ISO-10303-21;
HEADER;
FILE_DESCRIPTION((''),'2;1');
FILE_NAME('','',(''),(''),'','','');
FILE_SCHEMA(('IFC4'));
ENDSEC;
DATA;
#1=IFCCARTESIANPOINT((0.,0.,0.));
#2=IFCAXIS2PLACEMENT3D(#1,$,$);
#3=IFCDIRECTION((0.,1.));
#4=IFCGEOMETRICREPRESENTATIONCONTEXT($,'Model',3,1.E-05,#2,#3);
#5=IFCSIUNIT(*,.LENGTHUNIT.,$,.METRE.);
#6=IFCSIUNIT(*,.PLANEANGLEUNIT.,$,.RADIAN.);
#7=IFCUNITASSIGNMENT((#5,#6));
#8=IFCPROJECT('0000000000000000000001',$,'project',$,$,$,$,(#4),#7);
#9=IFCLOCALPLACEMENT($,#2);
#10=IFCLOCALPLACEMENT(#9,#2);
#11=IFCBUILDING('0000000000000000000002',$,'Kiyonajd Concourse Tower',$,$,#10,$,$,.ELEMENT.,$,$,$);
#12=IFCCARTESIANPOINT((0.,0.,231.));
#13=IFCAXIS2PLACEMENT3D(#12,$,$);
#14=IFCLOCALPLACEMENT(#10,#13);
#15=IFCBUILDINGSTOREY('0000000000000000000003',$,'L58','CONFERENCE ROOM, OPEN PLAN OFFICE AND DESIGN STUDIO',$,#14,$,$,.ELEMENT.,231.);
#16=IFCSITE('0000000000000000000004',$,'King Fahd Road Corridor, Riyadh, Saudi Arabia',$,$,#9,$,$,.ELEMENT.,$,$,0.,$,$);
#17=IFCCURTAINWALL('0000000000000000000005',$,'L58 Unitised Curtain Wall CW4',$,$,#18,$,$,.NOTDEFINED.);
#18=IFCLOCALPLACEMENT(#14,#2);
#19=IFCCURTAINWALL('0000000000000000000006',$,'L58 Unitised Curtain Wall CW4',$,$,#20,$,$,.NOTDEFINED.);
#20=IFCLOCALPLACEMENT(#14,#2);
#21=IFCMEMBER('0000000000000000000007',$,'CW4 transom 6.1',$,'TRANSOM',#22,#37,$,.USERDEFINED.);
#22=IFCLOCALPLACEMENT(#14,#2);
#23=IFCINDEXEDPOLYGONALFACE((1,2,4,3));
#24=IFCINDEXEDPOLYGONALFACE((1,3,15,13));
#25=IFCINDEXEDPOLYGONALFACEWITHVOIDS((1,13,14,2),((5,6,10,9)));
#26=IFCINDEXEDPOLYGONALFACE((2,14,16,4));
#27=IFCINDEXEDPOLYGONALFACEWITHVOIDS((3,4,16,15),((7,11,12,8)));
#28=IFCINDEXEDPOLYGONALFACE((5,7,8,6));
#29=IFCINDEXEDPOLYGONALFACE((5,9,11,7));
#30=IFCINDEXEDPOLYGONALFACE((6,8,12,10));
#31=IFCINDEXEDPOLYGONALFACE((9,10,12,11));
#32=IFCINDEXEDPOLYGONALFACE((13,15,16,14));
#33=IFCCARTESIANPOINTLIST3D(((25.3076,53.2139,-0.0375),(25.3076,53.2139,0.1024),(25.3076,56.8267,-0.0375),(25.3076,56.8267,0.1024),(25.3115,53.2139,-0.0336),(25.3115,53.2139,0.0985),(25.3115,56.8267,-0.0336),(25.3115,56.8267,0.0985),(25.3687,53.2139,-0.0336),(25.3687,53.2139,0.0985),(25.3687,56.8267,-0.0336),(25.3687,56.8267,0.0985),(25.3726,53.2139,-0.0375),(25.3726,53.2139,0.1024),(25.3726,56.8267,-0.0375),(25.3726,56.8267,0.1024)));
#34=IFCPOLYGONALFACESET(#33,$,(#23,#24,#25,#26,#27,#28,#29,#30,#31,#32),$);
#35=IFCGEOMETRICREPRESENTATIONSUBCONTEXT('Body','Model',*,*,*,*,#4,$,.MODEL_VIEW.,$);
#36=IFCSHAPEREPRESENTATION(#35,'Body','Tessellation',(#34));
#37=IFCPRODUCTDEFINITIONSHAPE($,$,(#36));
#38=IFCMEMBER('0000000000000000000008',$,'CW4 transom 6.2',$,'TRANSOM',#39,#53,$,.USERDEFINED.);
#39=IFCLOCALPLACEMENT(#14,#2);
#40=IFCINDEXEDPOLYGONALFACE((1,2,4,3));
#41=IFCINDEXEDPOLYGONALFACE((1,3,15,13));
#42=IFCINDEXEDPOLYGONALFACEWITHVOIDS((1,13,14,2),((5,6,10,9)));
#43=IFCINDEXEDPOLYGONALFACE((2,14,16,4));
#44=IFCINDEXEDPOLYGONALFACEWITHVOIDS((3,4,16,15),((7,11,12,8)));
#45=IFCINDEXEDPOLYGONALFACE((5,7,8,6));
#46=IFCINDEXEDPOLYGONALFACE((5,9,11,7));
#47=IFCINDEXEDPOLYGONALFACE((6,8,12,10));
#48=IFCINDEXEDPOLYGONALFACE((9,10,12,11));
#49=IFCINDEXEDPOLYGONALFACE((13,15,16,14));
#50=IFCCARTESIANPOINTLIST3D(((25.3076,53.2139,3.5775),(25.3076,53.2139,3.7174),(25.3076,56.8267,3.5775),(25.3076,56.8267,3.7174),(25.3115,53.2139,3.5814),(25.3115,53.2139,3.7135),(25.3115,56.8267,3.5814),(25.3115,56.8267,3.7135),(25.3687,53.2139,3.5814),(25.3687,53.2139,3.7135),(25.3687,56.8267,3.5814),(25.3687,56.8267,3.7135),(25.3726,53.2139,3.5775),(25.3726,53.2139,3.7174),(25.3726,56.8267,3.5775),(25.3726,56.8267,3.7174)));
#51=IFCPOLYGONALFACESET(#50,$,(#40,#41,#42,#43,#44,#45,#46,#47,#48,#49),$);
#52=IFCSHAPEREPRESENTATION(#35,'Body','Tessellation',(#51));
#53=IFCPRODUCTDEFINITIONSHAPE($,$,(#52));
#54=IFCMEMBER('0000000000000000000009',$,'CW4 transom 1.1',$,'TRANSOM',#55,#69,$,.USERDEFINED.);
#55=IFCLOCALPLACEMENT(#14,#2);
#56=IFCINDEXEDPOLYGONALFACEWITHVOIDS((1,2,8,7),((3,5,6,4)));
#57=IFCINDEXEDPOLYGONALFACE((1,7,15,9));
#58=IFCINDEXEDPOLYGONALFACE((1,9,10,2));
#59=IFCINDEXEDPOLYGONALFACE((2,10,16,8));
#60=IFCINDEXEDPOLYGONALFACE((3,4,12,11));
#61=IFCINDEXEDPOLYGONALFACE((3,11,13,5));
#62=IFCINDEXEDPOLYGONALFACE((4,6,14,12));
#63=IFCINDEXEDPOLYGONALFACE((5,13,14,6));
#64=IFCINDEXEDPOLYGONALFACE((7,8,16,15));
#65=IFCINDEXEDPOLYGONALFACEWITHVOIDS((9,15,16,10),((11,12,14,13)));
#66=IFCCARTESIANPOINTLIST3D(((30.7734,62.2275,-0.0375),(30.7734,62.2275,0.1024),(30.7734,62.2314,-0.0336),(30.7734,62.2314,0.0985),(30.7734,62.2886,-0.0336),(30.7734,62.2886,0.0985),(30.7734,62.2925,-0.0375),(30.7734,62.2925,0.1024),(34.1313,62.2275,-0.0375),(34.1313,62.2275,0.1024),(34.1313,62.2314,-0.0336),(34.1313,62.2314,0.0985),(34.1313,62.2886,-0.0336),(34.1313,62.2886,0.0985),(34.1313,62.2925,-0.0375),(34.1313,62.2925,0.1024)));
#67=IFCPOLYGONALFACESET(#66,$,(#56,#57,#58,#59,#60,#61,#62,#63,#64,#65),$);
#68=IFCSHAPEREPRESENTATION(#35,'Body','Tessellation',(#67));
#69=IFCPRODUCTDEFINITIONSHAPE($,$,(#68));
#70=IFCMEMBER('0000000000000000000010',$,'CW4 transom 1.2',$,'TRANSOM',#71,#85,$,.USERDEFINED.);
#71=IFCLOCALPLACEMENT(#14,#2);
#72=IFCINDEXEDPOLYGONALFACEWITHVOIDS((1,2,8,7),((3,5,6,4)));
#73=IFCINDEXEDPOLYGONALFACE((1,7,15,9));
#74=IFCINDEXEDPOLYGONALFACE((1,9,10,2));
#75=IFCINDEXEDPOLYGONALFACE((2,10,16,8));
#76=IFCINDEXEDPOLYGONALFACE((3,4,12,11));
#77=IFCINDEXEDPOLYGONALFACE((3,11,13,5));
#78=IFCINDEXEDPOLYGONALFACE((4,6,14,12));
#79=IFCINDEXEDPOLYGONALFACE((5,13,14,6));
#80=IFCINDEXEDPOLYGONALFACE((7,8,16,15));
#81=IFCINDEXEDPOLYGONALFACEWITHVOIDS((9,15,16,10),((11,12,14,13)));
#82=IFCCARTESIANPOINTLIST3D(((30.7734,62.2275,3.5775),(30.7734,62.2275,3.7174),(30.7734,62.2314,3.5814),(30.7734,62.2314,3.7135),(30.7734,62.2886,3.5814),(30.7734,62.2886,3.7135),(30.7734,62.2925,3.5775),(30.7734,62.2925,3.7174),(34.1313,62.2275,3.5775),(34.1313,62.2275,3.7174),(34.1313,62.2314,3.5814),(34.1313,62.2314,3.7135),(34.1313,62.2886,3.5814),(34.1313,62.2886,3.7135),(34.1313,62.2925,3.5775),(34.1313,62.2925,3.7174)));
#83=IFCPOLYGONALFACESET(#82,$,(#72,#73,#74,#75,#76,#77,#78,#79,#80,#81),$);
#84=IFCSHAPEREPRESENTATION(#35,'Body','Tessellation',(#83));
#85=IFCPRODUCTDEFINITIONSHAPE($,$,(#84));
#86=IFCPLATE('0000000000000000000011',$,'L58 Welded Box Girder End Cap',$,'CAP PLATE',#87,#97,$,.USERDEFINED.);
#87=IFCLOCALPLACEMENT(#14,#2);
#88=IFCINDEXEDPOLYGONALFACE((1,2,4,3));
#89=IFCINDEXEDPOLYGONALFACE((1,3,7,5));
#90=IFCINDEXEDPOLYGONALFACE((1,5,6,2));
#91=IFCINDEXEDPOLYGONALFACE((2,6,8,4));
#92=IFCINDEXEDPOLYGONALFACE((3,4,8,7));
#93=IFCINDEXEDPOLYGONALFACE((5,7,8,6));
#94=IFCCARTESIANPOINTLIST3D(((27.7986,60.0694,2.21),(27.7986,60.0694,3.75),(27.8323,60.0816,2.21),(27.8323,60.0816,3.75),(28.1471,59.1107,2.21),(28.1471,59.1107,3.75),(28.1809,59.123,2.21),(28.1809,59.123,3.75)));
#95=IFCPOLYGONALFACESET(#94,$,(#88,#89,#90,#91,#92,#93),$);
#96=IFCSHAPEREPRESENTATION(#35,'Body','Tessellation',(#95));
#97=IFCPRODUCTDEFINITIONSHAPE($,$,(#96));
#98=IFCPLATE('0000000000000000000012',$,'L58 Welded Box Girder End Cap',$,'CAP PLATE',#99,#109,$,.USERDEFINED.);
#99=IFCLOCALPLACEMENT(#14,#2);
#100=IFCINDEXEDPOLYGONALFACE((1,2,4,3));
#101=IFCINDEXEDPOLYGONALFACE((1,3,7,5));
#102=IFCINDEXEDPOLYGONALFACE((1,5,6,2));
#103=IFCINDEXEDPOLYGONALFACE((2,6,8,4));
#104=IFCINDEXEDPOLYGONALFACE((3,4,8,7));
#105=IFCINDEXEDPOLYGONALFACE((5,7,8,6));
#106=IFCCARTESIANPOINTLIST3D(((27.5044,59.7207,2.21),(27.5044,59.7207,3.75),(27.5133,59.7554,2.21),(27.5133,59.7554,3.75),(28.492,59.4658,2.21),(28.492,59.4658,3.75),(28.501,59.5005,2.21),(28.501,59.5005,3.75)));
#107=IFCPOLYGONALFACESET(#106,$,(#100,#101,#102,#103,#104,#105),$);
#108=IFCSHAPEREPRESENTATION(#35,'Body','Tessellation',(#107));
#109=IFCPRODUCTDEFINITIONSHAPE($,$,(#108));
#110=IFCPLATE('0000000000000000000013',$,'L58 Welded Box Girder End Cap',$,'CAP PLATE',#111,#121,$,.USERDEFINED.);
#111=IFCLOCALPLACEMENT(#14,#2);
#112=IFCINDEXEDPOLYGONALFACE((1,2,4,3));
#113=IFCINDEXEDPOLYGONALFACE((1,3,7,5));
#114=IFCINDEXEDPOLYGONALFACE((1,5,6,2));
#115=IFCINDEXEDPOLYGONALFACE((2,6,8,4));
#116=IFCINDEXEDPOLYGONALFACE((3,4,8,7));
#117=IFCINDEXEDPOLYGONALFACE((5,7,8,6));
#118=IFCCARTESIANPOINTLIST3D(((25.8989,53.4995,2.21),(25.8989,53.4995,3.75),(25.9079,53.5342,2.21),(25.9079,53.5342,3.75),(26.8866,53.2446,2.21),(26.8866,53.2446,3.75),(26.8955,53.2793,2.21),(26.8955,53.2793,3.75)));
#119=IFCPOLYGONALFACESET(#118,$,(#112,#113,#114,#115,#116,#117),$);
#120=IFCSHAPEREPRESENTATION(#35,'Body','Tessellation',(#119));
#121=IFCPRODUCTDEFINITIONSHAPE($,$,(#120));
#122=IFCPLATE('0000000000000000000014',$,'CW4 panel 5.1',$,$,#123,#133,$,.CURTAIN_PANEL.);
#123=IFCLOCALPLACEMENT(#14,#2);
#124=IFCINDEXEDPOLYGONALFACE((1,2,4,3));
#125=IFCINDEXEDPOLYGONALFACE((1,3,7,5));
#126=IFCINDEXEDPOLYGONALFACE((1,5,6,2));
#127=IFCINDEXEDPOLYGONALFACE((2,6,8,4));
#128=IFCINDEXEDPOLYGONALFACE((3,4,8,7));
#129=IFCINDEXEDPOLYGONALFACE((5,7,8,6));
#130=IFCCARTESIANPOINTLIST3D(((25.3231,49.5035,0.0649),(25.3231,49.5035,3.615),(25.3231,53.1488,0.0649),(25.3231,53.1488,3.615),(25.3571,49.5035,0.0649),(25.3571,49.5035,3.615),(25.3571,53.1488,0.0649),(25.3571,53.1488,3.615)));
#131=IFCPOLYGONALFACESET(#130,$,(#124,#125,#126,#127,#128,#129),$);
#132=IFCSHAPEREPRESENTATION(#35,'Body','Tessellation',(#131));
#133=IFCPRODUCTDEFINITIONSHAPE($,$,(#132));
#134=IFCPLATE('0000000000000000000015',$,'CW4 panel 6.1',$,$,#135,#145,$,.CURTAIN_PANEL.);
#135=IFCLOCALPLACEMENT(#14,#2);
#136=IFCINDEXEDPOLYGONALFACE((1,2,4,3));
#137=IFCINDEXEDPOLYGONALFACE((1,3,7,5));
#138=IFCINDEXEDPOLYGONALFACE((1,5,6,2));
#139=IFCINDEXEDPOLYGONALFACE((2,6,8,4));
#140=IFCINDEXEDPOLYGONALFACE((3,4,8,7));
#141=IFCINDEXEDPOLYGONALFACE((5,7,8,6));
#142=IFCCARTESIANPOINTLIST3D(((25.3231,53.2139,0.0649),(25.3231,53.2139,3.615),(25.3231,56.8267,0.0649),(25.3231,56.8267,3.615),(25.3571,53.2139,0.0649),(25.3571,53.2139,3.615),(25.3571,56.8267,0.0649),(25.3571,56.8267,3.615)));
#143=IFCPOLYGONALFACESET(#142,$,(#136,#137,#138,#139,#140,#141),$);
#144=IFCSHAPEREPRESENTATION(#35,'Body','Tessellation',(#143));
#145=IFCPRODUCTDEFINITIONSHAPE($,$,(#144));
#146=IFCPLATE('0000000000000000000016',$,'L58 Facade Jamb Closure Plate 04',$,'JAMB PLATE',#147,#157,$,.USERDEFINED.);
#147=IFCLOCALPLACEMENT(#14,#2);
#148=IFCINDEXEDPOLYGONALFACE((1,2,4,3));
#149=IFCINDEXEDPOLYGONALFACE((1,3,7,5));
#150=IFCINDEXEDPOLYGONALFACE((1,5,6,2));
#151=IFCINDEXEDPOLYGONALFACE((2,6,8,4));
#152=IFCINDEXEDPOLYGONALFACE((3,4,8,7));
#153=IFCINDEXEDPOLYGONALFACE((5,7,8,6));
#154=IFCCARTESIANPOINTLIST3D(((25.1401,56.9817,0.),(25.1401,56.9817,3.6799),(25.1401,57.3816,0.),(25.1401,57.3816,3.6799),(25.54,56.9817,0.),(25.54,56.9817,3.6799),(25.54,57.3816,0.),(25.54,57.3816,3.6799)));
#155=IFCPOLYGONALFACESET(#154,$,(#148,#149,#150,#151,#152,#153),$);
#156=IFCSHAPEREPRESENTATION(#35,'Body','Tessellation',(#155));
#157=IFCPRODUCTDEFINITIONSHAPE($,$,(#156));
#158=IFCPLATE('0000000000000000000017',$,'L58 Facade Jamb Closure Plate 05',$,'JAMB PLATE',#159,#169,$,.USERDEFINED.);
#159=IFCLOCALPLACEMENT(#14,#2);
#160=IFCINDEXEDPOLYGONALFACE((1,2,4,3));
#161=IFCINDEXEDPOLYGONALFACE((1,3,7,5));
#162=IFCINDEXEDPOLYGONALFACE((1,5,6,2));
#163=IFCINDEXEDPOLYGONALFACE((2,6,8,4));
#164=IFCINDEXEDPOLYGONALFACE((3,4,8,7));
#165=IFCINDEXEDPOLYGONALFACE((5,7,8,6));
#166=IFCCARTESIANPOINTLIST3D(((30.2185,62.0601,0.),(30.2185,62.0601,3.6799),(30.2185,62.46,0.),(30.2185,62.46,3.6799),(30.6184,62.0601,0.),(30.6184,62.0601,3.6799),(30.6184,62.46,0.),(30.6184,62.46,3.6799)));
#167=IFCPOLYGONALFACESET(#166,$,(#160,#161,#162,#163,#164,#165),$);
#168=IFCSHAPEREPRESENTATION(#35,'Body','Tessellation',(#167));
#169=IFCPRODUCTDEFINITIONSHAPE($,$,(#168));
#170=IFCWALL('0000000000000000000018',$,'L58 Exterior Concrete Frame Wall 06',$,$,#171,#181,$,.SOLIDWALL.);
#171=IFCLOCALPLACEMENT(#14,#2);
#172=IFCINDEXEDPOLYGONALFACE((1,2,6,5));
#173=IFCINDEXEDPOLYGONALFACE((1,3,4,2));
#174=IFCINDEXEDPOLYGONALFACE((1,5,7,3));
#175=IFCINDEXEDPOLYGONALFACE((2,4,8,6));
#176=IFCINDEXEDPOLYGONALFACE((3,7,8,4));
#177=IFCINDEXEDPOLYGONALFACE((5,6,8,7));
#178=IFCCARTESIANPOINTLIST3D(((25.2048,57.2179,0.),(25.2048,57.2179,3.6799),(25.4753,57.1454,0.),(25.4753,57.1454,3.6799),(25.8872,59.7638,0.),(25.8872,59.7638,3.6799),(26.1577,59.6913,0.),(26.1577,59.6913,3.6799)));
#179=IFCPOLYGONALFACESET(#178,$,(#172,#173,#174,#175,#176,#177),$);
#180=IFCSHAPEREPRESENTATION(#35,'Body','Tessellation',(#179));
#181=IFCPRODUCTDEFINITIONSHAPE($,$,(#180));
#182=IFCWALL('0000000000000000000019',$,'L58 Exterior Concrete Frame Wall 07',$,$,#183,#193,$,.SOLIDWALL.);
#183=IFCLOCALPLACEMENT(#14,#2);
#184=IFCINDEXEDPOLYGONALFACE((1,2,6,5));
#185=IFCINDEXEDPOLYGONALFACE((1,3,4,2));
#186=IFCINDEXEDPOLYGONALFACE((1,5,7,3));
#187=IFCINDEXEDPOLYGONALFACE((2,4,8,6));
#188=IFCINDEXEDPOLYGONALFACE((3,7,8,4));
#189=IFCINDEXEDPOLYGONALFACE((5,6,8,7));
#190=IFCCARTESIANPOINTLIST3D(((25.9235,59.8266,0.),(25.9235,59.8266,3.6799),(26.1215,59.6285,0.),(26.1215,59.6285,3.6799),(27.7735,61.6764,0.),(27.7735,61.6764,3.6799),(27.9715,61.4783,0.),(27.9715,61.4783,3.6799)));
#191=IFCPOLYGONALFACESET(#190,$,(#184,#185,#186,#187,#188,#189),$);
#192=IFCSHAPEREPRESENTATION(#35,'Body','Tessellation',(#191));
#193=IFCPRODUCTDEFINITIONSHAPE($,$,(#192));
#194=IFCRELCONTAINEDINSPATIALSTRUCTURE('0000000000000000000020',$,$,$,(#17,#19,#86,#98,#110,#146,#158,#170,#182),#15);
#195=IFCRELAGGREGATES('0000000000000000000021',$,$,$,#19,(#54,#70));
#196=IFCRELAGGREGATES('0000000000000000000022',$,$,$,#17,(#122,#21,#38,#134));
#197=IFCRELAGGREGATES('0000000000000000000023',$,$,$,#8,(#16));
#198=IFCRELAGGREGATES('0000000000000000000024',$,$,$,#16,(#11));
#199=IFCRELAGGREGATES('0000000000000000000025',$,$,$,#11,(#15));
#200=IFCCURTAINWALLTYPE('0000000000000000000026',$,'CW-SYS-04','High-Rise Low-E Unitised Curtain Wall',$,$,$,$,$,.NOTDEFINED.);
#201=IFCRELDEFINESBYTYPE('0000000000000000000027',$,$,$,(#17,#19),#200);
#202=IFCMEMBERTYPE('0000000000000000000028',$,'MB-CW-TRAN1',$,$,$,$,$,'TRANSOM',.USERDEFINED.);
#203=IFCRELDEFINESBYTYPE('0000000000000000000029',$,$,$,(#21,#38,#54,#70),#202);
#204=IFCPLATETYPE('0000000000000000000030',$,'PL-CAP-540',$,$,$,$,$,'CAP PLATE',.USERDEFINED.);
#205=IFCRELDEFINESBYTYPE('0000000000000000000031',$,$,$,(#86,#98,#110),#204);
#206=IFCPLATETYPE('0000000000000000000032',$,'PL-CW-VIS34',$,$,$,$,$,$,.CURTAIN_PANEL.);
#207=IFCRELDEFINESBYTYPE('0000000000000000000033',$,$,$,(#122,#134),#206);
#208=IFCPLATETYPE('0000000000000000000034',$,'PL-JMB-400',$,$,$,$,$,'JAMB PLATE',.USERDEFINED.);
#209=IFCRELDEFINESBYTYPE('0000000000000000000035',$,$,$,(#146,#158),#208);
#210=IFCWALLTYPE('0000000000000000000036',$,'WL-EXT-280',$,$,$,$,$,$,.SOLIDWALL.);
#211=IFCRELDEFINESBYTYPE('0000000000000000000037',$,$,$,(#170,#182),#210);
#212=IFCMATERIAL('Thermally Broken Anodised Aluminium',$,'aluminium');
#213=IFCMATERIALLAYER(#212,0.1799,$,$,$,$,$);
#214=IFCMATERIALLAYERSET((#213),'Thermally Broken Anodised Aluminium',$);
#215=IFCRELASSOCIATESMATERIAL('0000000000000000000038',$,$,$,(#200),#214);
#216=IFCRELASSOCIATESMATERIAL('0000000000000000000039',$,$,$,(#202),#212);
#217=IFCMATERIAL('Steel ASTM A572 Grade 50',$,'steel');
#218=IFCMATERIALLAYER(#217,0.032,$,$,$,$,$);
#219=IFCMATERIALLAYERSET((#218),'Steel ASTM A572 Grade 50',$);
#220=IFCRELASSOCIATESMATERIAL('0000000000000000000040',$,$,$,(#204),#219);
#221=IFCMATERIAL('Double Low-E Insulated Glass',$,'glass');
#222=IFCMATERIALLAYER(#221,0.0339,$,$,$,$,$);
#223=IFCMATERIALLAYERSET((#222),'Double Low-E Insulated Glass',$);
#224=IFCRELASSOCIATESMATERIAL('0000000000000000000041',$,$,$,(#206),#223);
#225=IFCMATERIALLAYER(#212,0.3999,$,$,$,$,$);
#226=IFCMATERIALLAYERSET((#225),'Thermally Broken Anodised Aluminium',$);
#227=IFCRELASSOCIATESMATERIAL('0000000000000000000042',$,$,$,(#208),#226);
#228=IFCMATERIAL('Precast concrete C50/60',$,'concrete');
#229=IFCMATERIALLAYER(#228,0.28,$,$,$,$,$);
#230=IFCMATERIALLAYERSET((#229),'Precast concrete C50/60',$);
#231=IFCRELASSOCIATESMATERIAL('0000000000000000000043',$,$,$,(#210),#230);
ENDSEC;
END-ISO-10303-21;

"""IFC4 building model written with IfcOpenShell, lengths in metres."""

from ifc_helpers import new_model, si_unit, direction, frame, frame_2d, origin, origin_2d, place, context, subcontext, project, spatial, rectangle, hollow_rectangle, extrude, material, layer, layer_set, material_profile, profile_set, type_object, element, aggregate, save


model = new_model("IFC4")

# Units and contexts
model_context = context("Model", 3, precision=1e-05, world=origin(), true_north=direction((0.0, 1.0)))
body_context = subcontext(model_context, "Body", "Model", "MODEL_VIEW")
ifc_project = project(units=[si_unit("LENGTHUNIT", "METRE"), si_unit("PLANEANGLEUNIT", "RADIAN")], contexts=[model_context])

# Site, building, storey
site_placement = place(None, origin())
site = spatial("IfcSite", under=ifc_project, at=site_placement, Name="King Fahd Road Corridor, Riyadh, Saudi Arabia", CompositionType="ELEMENT", RefElevation=0.0)
building_placement = place(site_placement, origin())
building = spatial("IfcBuilding", under=site, at=building_placement, Name="Kiyonajd Concourse Tower", CompositionType="ELEMENT")
storey_placement = place(building_placement, frame((0.0, 0.0, 231.0)))
storey = spatial("IfcBuildingStorey", under=building, at=storey_placement, Name="L58", Description="CONFERENCE ROOM, OPEN PLAN OFFICE AND DESIGN STUDIO", CompositionType="ELEMENT", Elevation=231.0)

# Shared definitions
ifc_material_1 = material(Name="Steel ASTM A572 Grade 50", Category="steel")

# Curtain wall
ifc_material_2 = material(Name="Thermally Broken Anodised Aluminium", Category="aluminium")
ifc_layer_1 = layer(ifc_material_2, 0.1799)
ifc_layer_set_1 = layer_set([ifc_layer_1], Name="Thermally Broken Anodised Aluminium")
curtain_wall_type = type_object("IfcCurtainWallType", Name="CW-SYS-04", Description="High-Rise Low-E Unitised Curtain Wall", PredefinedType="NOTDEFINED", material=ifc_layer_set_1)
curtain_wall_1_placement = place(storey_placement, origin())
curtain_wall_1 = element("IfcCurtainWall", 1, at=curtain_wall_1_placement, inside=storey, type_object=curtain_wall_type, Name="L58 Unitised Curtain Wall CW4", PredefinedType="NOTDEFINED")

# Curtain wall
curtain_wall_2_placement = place(storey_placement, origin())
curtain_wall_2 = element("IfcCurtainWall", 2, at=curtain_wall_2_placement, inside=storey, type_object=curtain_wall_type, Name="L58 Unitised Curtain Wall CW4", PredefinedType="NOTDEFINED")

# Members
ifc_material_profile_1 = material_profile(ifc_material_2, hollow_rectangle(XDim=0.0649, YDim=0.1399, WallThickness=0.0039, at=origin_2d()), Name="TRAN-65x140")
ifc_profile_set_1 = profile_set([ifc_material_profile_1], Name="Thermally Broken Anodised Aluminium")
member_type_1 = type_object("IfcMemberType", Name="MB-CW-TRAN1", ElementType="TRANSOM", PredefinedType="USERDEFINED", material=ifc_profile_set_1)
member_1_placement = place(storey_placement, frame((25.3401, 53.2139, 0.0325), z_axis=(0.0, 1.0, 0.0), x_axis=(-1.0, 0.0, 0.0)))
member_1 = element("IfcMember", 3, at=member_1_placement, type_object=member_type_1, Name="CW4 transom 6.1", ObjectType="TRANSOM", PredefinedType="USERDEFINED", context=body_context, shape_type="SweptSolid", body=[
    extrude(hollow_rectangle(XDim=0.0649, YDim=0.1399, WallThickness=0.0039, at=origin_2d()), origin(), (0.0, 0.0, 1.0), 3.6128),
])
member_2_placement = place(storey_placement, frame((25.3401, 53.2139, 3.6475), z_axis=(0.0, 1.0, 0.0), x_axis=(-1.0, 0.0, 0.0)))
member_2 = element("IfcMember", 4, at=member_2_placement, type_object=member_type_1, Name="CW4 transom 6.2", ObjectType="TRANSOM", PredefinedType="USERDEFINED", context=body_context, shape_type="SweptSolid", body=[
    extrude(hollow_rectangle(XDim=0.0649, YDim=0.1399, WallThickness=0.0039, at=origin_2d()), origin(), (0.0, 0.0, 1.0), 3.6128),
])
member_3_placement = place(storey_placement, frame((30.7734, 62.26, 0.0325), z_axis=(1.0, 0.0, 0.0), x_axis=(0.0, 1.0, 0.0)))
member_3 = element("IfcMember", 5, at=member_3_placement, type_object=member_type_1, Name="CW4 transom 1.1", ObjectType="TRANSOM", PredefinedType="USERDEFINED", context=body_context, shape_type="SweptSolid", body=[
    extrude(hollow_rectangle(XDim=0.0649, YDim=0.1399, WallThickness=0.0039, at=origin_2d()), origin(), (0.0, 0.0, 1.0), 3.3579),
])
member_4_placement = place(storey_placement, frame((30.7734, 62.26, 3.6475), z_axis=(1.0, 0.0, 0.0), x_axis=(0.0, 1.0, 0.0)))
member_4 = element("IfcMember", 6, at=member_4_placement, type_object=member_type_1, Name="CW4 transom 1.2", ObjectType="TRANSOM", PredefinedType="USERDEFINED", context=body_context, shape_type="SweptSolid", body=[
    extrude(hollow_rectangle(XDim=0.0649, YDim=0.1399, WallThickness=0.0039, at=origin_2d()), origin(), (0.0, 0.0, 1.0), 3.3579),
])
aggregate(curtain_wall_2, [member_3, member_4])

# Plates
ifc_layer_2 = layer(ifc_material_1, 0.032)
ifc_layer_set_2 = layer_set([ifc_layer_2], Name="Steel ASTM A572 Grade 50")
plate_type_1 = type_object("IfcPlateType", Name="PL-CAP-540", ElementType="CAP PLATE", PredefinedType="USERDEFINED", material=ifc_layer_set_2)
for number, where, z_axis, x_axis, name in (
    (7, (27.9897, 59.5962, 2.21), (0.0, 0.0, 1.0), (-0.939812, -0.341692, 0.0), "L58 Welded Box Girder End Cap"),
    (8, (28.0027, 59.6106, 2.21), (0.0, 0.0, 1.0), (0.249873, 0.968279, 0.0), "L58 Welded Box Girder End Cap"),
    (9, (26.3972, 53.3894, 2.21), (0.0, 0.0, 1.0), (-0.249873, -0.968279, 0.0), "L58 Welded Box Girder End Cap"),
):
    element("IfcPlate", number, at=place(storey_placement, frame(where, z_axis=z_axis, x_axis=x_axis)), inside=storey, type_object=plate_type_1, Name=name, ObjectType="CAP PLATE", PredefinedType="USERDEFINED", context=body_context, shape_type="SweptSolid", body=[
        extrude(rectangle(XDim=0.0359, YDim=1.02, at=origin_2d()), origin(), (0.0, 0.0, 1.0), 1.54),
    ])

# Plates
ifc_material_3 = material(Name="Double Low-E Insulated Glass", Category="glass")
ifc_layer_3 = layer(ifc_material_3, 0.0339)
ifc_layer_set_3 = layer_set([ifc_layer_3], Name="Double Low-E Insulated Glass")
plate_type_2 = type_object("IfcPlateType", Name="PL-CW-VIS34", PredefinedType="CURTAIN_PANEL", material=ifc_layer_set_3)
plate_1_placement = place(storey_placement, frame((25.3401, 51.3262, 0.0649), z_axis=(0.0, 0.0, 1.0), x_axis=(0.0, 1.0, 0.0)))
plate_1 = element("IfcPlate", 10, at=plate_1_placement, type_object=plate_type_2, Name="CW4 panel 5.1", PredefinedType="CURTAIN_PANEL", context=body_context, shape_type="SweptSolid", body=[
    extrude(rectangle(XDim=3.6453, YDim=0.0339, at=origin_2d()), origin(), (0.0, 0.0, 1.0), 3.55),
])
plate_2_placement = place(storey_placement, frame((25.3401, 55.0203, 0.0649), z_axis=(0.0, 0.0, 1.0), x_axis=(0.0, 1.0, 0.0)))
plate_2 = element("IfcPlate", 11, at=plate_2_placement, type_object=plate_type_2, Name="CW4 panel 6.1", PredefinedType="CURTAIN_PANEL", context=body_context, shape_type="SweptSolid", body=[
    extrude(rectangle(XDim=3.6128, YDim=0.0339, at=origin_2d()), origin(), (0.0, 0.0, 1.0), 3.55),
])
aggregate(curtain_wall_1, [plate_1, member_1, member_2, plate_2])

# Plates
ifc_layer_4 = layer(ifc_material_2, 0.3999)
ifc_layer_set_4 = layer_set([ifc_layer_4], Name="Thermally Broken Anodised Aluminium")
plate_type_3 = type_object("IfcPlateType", Name="PL-JMB-400", ElementType="JAMB PLATE", PredefinedType="USERDEFINED", material=ifc_layer_set_4)
for number, where, z_axis, x_axis, name in (
    (12, (25.3401, 57.1816, 0.0), (0.0, 0.0, 1.0), (1.0, 0.0, 0.0), "L58 Facade Jamb Closure Plate 04"),
    (13, (30.4185, 62.26, 0.0), (0.0, 0.0, 1.0), (1.0, 0.0, 0.0), "L58 Facade Jamb Closure Plate 05"),
):
    element("IfcPlate", number, at=place(storey_placement, frame(where, z_axis=z_axis, x_axis=x_axis)), inside=storey, type_object=plate_type_3, Name=name, ObjectType="JAMB PLATE", PredefinedType="USERDEFINED", context=body_context, shape_type="SweptSolid", body=[
        extrude(rectangle(XDim=0.3999, YDim=0.3999, at=origin_2d()), origin(), (0.0, 0.0, 1.0), 3.6799),
    ])

# Walls
ifc_material_4 = material(Name="Precast concrete C50/60", Category="concrete")
ifc_layer_5 = layer(ifc_material_4, 0.28)
ifc_layer_set_5 = layer_set([ifc_layer_5], Name="Precast concrete C50/60")
wall_type = type_object("IfcWallType", Name="WL-EXT-280", PredefinedType="SOLIDWALL", material=ifc_layer_set_5)
wall_1_placement = place(storey_placement, frame((25.3401, 57.1816, 0.0), z_axis=(0.0, 0.0, 1.0), x_axis=(0.25889, 0.965907, 0.0)))
element("IfcWall", 14, at=wall_1_placement, inside=storey, type_object=wall_type, Name="L58 Exterior Concrete Frame Wall 06", PredefinedType="SOLIDWALL", context=body_context, shape_type="SweptSolid", body=[
    extrude(rectangle(XDim=2.6357, YDim=0.28, at=frame_2d((1.3179, 0.0))), origin(), (0.0, 0.0, 1.0), 3.6799),
])
wall_2_placement = place(storey_placement, frame((26.0225, 59.7275, 0.0), z_axis=(0.0, 0.0, 1.0), x_axis=(0.707153, 0.70706, 0.0)))
element("IfcWall", 15, at=wall_2_placement, inside=storey, type_object=wall_type, Name="L58 Exterior Concrete Frame Wall 07", PredefinedType="SOLIDWALL", context=body_context, shape_type="SweptSolid", body=[
    extrude(rectangle(XDim=2.6162, YDim=0.28, at=frame_2d((1.3081, 0.0))), origin(), (0.0, 0.0, 1.0), 3.6799),
])

save(model, "model.ifc")
